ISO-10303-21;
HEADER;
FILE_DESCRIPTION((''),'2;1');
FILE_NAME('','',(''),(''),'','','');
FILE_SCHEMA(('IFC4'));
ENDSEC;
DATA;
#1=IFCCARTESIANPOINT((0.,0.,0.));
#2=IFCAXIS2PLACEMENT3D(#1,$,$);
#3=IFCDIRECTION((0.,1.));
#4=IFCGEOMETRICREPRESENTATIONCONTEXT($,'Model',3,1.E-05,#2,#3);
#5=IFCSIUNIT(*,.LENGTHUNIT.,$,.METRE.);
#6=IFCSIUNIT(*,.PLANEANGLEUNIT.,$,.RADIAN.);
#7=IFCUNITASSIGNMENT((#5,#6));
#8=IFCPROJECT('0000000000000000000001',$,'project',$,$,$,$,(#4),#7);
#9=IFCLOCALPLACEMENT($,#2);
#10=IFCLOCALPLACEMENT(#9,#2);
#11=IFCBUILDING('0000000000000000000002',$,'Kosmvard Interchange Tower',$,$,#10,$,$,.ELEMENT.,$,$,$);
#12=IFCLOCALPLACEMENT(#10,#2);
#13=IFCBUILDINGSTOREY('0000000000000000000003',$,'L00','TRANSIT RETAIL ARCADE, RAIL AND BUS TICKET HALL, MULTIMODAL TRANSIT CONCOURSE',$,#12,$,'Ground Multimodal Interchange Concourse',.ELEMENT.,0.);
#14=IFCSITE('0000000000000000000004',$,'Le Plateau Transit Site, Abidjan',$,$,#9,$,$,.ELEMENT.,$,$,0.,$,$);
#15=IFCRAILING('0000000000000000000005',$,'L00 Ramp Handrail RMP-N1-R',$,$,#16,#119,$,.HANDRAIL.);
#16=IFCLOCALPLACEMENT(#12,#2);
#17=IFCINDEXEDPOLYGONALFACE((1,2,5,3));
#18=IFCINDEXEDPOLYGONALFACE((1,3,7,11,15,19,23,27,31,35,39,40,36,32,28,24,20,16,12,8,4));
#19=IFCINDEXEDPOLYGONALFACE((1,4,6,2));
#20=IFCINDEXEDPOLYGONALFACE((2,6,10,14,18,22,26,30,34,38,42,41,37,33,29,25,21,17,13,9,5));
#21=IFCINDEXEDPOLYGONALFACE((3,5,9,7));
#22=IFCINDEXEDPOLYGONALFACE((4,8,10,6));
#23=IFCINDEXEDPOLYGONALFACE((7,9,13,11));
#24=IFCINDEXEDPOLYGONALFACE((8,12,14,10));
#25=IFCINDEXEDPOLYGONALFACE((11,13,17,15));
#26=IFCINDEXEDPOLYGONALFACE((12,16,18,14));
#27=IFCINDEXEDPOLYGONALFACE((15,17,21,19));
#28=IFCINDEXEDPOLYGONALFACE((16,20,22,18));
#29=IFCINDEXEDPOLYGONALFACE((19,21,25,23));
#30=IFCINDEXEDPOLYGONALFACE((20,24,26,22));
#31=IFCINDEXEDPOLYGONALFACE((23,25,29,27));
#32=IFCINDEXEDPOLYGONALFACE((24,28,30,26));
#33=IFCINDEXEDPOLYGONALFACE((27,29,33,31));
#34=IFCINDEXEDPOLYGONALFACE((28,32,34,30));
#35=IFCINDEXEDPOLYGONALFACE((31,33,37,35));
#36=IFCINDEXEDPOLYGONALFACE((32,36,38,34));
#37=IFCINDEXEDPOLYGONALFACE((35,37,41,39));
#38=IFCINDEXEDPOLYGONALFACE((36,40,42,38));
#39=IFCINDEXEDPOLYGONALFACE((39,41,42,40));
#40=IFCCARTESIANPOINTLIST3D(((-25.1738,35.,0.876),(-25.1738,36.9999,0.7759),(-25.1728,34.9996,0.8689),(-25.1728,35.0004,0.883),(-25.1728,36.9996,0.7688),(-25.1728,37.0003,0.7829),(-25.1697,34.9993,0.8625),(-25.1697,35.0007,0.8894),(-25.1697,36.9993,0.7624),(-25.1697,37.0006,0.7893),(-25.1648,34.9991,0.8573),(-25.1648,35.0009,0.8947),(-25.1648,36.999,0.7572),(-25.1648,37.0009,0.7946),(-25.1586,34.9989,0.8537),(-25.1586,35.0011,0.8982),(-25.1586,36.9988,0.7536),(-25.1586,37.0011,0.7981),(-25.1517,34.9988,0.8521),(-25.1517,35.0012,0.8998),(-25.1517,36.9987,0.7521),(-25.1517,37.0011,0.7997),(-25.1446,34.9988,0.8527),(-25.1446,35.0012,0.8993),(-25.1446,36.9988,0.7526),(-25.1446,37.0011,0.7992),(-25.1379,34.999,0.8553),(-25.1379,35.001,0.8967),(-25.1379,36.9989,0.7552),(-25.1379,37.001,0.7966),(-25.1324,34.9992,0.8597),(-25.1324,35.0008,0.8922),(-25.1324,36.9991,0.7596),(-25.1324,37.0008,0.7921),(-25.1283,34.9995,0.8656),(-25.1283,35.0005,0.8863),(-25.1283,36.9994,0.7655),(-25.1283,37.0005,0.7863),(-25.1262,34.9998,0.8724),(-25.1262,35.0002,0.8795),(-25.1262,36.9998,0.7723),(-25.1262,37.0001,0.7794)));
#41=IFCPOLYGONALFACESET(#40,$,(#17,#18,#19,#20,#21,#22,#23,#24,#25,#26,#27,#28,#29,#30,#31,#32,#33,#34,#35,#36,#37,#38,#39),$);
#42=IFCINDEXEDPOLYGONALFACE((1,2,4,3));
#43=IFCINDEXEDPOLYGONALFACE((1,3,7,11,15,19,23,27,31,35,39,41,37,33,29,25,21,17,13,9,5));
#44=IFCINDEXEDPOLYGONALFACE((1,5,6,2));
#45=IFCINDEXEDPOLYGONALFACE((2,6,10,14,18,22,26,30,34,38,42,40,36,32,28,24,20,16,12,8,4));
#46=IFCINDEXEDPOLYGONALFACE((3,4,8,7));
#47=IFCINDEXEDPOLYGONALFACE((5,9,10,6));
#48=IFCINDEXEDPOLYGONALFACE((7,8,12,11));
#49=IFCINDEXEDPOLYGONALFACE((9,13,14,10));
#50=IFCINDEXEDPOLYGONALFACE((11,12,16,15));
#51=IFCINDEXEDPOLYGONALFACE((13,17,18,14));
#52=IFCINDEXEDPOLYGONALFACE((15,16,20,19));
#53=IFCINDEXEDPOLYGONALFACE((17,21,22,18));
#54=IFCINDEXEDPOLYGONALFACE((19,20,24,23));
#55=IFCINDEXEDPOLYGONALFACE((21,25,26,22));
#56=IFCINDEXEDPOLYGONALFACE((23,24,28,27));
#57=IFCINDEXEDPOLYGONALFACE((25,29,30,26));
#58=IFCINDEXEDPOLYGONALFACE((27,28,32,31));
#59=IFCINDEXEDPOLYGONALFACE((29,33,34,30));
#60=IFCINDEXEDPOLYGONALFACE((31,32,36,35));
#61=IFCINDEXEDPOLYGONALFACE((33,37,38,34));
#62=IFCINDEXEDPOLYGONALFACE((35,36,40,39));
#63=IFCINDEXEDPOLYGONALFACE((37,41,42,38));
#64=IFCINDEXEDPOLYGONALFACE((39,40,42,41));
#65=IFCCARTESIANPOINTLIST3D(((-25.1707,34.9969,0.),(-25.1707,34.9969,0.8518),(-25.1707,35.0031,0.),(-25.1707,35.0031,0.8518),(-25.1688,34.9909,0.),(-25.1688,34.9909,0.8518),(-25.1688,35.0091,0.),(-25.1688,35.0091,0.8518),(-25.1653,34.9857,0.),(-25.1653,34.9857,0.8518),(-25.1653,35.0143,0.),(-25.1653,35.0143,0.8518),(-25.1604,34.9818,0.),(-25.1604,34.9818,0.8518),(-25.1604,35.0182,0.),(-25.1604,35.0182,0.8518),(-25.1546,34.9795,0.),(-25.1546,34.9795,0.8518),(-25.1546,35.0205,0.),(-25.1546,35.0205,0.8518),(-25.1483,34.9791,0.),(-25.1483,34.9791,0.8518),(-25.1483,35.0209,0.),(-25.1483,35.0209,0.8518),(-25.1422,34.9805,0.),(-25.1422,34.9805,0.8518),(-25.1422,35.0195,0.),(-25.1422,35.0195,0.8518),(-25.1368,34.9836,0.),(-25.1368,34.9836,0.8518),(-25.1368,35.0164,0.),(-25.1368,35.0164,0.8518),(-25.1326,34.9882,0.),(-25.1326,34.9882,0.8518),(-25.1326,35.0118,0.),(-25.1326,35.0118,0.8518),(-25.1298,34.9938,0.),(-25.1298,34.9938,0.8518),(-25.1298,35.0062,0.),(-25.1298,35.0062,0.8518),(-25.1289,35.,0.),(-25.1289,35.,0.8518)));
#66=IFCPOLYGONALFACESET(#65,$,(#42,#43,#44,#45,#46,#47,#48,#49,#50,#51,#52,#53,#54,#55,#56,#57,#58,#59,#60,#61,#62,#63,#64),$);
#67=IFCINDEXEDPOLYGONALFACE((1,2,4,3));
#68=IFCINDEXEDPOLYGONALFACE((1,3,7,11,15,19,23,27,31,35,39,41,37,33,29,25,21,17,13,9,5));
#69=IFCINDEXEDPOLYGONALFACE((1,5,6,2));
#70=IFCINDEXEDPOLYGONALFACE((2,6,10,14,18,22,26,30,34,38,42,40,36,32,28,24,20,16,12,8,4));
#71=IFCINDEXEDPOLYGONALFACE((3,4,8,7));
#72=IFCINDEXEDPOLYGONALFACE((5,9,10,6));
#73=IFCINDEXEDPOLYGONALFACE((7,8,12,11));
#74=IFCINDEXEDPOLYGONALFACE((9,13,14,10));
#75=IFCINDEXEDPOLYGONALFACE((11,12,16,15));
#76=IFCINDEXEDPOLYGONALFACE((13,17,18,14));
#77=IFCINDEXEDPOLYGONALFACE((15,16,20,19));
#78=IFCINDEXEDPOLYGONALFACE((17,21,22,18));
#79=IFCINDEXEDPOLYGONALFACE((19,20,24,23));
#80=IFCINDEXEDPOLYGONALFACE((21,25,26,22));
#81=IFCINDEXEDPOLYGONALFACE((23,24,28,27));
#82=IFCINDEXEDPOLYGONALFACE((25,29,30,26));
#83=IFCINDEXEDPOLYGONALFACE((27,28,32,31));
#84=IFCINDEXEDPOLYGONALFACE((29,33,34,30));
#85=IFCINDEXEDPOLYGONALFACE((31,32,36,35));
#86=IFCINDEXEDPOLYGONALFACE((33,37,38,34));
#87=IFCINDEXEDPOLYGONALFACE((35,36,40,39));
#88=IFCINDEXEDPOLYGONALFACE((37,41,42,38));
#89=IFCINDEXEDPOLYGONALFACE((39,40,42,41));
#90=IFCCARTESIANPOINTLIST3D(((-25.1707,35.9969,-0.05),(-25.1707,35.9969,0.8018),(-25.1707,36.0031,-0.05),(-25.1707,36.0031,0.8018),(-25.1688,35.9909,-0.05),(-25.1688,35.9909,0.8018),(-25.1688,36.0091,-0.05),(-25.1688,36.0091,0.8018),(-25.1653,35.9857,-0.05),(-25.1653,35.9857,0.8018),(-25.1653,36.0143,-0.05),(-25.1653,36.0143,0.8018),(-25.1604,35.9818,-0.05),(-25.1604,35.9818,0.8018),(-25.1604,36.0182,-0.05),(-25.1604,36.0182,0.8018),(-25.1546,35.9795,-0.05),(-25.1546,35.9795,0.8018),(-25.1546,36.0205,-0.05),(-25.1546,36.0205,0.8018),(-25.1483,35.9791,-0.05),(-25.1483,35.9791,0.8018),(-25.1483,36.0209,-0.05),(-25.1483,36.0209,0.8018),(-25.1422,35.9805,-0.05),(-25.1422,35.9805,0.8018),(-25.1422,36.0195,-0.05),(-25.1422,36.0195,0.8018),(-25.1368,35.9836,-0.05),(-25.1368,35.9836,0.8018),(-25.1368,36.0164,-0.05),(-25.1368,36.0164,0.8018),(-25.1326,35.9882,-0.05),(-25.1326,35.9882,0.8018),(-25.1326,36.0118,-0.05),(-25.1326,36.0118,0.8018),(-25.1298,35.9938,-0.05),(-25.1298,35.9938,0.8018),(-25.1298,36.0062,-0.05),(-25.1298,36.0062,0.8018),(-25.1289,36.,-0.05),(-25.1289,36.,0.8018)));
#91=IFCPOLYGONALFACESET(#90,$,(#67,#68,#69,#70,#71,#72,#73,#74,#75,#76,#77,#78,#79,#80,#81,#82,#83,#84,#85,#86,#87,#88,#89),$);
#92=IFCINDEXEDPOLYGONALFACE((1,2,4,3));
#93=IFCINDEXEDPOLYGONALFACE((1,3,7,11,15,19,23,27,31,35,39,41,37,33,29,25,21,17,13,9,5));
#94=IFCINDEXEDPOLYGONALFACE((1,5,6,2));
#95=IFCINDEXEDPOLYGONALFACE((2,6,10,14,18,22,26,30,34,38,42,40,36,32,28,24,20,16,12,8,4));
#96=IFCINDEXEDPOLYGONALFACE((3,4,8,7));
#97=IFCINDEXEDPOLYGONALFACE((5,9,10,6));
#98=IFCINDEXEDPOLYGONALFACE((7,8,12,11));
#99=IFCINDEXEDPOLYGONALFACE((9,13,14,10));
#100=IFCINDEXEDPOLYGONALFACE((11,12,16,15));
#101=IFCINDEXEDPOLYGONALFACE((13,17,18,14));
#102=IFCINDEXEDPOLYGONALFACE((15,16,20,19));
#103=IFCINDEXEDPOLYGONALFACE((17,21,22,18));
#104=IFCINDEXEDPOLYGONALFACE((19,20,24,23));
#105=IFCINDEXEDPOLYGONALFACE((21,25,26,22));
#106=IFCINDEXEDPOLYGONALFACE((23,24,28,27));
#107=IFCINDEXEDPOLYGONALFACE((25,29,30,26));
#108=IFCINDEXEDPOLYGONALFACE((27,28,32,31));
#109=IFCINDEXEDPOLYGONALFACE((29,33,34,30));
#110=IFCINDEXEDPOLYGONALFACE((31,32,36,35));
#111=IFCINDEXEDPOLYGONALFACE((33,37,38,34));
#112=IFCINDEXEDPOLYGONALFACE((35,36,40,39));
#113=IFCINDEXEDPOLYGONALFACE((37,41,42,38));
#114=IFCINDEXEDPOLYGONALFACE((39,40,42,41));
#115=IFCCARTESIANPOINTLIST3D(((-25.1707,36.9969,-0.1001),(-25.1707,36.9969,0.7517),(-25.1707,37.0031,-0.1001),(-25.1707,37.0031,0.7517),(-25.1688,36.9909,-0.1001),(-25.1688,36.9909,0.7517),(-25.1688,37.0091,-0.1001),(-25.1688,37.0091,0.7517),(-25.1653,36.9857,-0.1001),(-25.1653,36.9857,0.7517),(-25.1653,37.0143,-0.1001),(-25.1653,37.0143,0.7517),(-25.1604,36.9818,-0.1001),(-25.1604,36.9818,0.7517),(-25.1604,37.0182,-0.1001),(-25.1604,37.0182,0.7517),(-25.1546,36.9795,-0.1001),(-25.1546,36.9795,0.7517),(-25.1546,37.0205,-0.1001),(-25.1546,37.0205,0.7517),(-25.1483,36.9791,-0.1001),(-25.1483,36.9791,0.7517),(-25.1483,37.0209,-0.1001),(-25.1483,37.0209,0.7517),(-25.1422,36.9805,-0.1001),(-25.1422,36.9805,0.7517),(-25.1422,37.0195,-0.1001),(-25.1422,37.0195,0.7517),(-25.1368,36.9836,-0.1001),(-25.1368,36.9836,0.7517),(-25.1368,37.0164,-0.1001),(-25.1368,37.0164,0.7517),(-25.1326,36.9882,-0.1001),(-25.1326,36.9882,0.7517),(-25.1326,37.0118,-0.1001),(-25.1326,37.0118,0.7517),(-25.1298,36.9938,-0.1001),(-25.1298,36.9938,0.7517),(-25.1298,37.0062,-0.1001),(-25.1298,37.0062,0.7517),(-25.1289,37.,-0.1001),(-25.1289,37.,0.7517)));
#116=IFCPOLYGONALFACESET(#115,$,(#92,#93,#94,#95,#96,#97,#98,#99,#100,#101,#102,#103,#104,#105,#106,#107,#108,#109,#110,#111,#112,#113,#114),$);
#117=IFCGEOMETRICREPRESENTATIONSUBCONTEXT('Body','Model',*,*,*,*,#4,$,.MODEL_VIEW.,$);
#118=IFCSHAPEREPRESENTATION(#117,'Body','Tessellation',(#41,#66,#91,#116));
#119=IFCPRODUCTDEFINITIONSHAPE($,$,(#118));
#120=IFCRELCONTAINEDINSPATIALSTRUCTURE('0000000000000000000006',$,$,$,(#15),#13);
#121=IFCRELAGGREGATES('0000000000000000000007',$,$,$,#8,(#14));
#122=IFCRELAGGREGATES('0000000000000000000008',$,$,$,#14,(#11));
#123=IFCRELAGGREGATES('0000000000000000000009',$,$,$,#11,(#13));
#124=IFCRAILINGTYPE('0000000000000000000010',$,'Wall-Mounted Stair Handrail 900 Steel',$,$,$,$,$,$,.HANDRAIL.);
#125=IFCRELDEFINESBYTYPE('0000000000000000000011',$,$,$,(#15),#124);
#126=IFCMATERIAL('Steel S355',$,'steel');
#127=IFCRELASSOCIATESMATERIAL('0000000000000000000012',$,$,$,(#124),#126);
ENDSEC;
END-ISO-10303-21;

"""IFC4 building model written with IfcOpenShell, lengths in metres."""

from ifc_helpers import new_model, si_unit, direction, frame, origin, origin_2d, place, context, subcontext, project, spatial, circle, extrude, source, transform, mapped, material, type_object, element, save


model = new_model("IFC4")

# Units and contexts
model_context = context("Model", 3, precision=1e-05, world=origin(), true_north=direction((0.0, 1.0)))
body_context = subcontext(model_context, "Body", "Model", "MODEL_VIEW")
ifc_project = project(units=[si_unit("LENGTHUNIT", "METRE"), si_unit("PLANEANGLEUNIT", "RADIAN")], contexts=[model_context])

# Site, building, storey
site_placement = place(None, origin())
site = spatial("IfcSite", under=ifc_project, at=site_placement, Name="Le Plateau Transit Site, Abidjan", CompositionType="ELEMENT", RefElevation=0.0)
building_placement = place(site_placement, origin())
building = spatial("IfcBuilding", under=site, at=building_placement, Name="Kosmvard Interchange Tower", CompositionType="ELEMENT")
storey_placement = place(building_placement, origin())
storey = spatial("IfcBuildingStorey", under=building, at=storey_placement, Name="L00", Description="TRANSIT RETAIL ARCADE, RAIL AND BUS TICKET HALL, MULTIMODAL TRANSIT CONCOURSE", LongName="Ground Multimodal Interchange Concourse", CompositionType="ELEMENT", Elevation=0.0)

# Shared definitions
ifc_material_1 = material(Name="Steel S355", Category="steel")

# Railing
railing_type = type_object("IfcRailingType", Name="Wall-Mounted Stair Handrail 900 Steel", PredefinedType="HANDRAIL", material=ifc_material_1)
shared_shape_1 = source(origin(), body_context, "Body", "SweptSolid", [
    extrude(circle(Radius=0.0239, at=origin_2d()), frame((0.0, 0.0, 0.876), z_axis=(0.0, 0.99875, -0.049986), x_axis=(-1.0, 0.0, 0.0)), (0.0, 0.0, 1.0), 2.0024),
    extrude(circle(Radius=0.021, at=origin_2d()), origin(), (0.0, 0.0, 1.0), 0.8518),
    extrude(circle(Radius=0.021, at=origin_2d()), frame((0.0, 1.0, -0.05)), (0.0, 0.0, 1.0), 0.8518),
    extrude(circle(Radius=0.021, at=origin_2d()), frame((0.0, 2.0, -0.1001)), (0.0, 0.0, 1.0), 0.8518),
])
for number, where, name in (
    (1, (-25.1499, 35.0, 0.0), "L00 Ramp Handrail RMP-N1-R"),
):
    element("IfcRailing", number, at=place(storey_placement, frame(where)), inside=storey, type_object=railing_type, Name=name, PredefinedType="HANDRAIL", context=body_context, shape_type="MappedRepresentation", body=[
        mapped(shared_shape_1, transform((0.0, 0.0, 0.0), scale=1.0)),
    ])

save(model, "model.ifc")
